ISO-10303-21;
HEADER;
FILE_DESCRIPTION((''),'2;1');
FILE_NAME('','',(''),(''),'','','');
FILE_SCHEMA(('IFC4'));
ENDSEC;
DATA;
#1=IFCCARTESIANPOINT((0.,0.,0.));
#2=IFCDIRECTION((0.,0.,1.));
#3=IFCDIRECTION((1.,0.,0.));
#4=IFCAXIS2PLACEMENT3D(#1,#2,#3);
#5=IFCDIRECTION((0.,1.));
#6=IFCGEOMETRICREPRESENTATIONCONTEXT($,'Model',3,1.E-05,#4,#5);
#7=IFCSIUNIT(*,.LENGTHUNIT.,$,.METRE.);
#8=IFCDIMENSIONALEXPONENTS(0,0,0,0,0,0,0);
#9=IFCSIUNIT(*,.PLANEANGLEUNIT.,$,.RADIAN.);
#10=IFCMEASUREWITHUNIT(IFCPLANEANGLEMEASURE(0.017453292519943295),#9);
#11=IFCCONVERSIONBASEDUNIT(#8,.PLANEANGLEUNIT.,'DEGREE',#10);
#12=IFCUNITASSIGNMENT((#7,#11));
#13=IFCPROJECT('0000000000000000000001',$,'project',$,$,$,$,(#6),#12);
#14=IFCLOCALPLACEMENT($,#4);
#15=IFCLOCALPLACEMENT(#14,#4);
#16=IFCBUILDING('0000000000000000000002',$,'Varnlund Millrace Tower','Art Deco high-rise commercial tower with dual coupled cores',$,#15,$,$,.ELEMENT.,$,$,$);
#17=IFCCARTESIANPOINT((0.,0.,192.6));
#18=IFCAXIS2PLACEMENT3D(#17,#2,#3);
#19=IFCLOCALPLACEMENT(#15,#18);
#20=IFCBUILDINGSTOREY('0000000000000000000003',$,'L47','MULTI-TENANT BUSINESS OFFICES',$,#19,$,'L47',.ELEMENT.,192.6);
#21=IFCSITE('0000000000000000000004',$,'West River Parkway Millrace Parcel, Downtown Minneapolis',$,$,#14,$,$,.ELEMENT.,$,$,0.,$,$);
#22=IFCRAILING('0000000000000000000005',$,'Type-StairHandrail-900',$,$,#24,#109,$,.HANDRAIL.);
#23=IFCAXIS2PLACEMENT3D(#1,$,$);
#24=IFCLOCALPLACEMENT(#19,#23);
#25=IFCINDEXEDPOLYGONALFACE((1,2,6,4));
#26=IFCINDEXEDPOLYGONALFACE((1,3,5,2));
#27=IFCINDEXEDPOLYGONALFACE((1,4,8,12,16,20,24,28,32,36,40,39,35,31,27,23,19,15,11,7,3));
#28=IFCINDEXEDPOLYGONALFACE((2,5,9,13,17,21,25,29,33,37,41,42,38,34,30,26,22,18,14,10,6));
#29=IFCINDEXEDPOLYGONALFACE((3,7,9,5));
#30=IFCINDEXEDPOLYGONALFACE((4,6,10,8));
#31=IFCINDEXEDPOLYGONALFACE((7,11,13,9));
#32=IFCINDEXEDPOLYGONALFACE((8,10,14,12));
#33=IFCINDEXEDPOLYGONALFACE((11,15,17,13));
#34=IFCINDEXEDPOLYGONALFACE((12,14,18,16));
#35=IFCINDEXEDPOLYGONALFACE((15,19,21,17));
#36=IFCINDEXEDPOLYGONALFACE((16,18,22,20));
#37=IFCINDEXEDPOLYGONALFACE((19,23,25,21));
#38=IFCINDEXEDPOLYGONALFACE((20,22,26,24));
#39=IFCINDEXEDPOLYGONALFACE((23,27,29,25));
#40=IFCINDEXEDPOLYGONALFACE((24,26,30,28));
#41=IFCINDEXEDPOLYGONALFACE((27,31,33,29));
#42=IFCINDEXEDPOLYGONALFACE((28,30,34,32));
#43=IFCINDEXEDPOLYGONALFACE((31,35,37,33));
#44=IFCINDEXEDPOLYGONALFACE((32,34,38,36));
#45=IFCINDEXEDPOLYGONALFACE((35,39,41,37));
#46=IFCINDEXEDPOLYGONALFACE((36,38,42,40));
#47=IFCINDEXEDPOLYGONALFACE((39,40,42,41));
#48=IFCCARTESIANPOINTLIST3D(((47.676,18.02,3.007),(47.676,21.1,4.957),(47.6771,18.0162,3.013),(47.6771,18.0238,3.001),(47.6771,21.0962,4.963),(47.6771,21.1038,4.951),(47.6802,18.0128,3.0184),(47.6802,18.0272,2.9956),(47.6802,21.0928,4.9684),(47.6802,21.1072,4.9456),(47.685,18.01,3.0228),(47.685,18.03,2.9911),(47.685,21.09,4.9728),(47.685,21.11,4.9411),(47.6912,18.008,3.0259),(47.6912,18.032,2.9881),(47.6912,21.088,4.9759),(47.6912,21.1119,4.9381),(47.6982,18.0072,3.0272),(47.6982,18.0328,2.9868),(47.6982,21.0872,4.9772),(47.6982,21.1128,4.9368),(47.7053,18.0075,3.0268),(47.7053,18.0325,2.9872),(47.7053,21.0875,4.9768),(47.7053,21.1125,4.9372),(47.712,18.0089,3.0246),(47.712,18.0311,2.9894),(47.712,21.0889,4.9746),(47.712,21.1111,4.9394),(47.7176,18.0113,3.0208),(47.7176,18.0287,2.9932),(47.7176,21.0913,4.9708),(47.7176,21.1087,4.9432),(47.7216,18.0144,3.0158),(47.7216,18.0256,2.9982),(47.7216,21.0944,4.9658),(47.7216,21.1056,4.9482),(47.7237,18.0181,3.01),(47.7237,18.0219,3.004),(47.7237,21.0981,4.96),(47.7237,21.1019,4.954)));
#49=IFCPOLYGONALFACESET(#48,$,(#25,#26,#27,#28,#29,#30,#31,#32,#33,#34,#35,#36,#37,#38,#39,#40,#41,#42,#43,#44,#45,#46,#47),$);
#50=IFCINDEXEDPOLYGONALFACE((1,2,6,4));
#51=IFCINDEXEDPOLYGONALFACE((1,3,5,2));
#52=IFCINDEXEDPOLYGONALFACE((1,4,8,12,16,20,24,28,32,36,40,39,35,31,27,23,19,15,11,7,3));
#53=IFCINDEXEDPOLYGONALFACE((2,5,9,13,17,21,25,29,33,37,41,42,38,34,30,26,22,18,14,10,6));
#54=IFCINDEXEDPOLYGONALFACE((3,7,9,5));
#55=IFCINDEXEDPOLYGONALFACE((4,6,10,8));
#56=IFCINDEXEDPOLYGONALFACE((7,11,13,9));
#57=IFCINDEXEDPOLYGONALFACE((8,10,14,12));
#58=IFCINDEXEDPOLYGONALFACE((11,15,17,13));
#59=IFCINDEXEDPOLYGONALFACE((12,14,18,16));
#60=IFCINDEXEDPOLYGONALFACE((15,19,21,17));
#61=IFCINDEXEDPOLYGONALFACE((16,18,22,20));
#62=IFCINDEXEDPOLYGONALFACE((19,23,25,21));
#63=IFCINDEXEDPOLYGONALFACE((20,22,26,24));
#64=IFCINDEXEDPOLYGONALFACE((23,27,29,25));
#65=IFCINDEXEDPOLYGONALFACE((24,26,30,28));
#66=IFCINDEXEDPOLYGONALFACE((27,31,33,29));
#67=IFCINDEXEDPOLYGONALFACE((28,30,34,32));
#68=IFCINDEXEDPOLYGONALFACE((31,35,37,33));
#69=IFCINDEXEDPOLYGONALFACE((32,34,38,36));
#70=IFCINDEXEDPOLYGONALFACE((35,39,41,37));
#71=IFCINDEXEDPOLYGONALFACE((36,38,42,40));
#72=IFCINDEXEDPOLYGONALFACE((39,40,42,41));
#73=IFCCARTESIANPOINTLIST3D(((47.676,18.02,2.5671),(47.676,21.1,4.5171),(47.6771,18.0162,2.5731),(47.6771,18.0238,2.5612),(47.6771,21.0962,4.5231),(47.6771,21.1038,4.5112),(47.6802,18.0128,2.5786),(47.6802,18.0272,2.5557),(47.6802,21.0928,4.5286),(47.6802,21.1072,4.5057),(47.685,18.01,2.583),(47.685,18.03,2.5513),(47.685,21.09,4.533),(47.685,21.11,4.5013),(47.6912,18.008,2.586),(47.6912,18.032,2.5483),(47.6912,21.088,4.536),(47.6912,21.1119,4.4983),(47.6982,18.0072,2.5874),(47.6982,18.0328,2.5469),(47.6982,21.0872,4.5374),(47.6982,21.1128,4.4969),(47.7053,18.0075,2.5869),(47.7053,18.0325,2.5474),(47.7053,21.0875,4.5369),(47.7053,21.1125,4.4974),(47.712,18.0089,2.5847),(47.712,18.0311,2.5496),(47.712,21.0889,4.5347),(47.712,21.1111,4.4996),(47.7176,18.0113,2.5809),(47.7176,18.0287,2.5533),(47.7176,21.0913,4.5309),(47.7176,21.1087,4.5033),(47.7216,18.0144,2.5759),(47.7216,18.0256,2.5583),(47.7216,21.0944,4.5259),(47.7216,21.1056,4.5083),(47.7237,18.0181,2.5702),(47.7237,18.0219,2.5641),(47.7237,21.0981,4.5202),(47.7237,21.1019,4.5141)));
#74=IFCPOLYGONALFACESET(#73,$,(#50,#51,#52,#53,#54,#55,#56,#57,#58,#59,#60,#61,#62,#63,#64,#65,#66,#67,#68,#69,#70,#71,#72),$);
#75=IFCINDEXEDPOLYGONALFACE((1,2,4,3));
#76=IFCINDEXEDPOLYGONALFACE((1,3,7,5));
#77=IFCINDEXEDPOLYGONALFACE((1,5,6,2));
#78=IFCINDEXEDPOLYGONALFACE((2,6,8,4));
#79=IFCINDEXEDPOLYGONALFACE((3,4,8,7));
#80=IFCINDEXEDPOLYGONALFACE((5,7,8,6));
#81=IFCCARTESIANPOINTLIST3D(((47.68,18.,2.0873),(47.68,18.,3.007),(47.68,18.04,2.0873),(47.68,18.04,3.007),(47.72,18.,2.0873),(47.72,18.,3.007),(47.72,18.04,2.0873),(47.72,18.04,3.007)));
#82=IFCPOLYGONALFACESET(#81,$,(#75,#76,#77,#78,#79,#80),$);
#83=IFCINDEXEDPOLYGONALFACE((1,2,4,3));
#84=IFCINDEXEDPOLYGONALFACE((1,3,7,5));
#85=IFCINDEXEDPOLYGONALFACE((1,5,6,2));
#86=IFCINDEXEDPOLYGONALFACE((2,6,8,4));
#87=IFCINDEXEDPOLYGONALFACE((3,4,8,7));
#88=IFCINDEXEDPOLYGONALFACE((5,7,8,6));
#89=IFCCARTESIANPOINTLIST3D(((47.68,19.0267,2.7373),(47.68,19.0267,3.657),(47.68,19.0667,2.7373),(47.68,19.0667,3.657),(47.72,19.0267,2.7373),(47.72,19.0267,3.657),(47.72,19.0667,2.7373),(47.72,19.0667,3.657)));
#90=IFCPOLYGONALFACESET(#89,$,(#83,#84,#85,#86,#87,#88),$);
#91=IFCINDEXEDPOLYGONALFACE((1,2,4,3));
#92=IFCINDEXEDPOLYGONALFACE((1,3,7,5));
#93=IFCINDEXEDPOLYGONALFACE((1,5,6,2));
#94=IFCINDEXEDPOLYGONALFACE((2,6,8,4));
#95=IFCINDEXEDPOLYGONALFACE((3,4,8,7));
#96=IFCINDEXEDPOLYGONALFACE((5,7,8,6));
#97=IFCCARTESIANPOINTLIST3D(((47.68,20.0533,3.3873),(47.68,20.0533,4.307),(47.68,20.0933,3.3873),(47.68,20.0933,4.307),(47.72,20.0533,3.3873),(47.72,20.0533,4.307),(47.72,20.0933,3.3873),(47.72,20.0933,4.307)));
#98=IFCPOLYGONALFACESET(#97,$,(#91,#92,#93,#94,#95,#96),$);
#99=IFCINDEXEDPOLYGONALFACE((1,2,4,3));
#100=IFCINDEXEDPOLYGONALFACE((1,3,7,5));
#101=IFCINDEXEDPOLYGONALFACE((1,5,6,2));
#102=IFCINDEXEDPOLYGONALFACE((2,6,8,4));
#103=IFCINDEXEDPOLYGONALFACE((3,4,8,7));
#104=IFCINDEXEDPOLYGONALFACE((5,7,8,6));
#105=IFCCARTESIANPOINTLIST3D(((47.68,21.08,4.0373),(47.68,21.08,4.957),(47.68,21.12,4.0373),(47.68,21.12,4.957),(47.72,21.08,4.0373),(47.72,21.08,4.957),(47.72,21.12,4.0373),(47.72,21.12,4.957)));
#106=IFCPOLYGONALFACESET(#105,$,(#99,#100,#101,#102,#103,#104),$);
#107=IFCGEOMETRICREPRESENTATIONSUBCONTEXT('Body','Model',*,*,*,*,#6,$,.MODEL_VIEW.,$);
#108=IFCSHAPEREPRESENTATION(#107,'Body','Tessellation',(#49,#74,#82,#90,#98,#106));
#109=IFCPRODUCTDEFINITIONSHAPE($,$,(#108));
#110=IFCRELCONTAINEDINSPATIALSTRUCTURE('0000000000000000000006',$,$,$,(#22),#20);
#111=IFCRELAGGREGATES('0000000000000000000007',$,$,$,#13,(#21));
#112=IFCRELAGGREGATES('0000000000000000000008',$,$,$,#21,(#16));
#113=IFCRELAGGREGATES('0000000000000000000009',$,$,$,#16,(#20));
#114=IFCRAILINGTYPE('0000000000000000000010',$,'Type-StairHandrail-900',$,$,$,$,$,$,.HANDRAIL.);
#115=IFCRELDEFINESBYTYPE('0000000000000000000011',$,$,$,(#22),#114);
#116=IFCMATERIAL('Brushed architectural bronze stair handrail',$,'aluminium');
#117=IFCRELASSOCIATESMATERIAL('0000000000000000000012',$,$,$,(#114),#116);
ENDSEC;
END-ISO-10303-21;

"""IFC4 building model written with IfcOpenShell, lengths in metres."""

from ifc_helpers import new_model, entity, si_unit, converted_unit, direction, frame, origin_with_axes, origin_2d_with_axis, place, context, subcontext, project, spatial, rectangle, circle, extrude, material, type_object, element, save


model = new_model("IFC4")

# Units and contexts
model_context = context("Model", 3, precision=1e-05, world=origin_with_axes(), true_north=direction((0.0, 1.0)))
body_context = subcontext(model_context, "Body", "Model", "MODEL_VIEW")
ifc_project = project(units=[si_unit("LENGTHUNIT", "METRE"), converted_unit("PLANEANGLEUNIT", "DEGREE", entity("IfcPlaneAngleMeasure", 0.017453292519943295), si_unit("PLANEANGLEUNIT", "RADIAN"), dimensions=[0, 0, 0, 0, 0, 0, 0])], contexts=[model_context])

# Site, building, storey
site_placement = place(None, origin_with_axes())
site = spatial("IfcSite", under=ifc_project, at=site_placement, Name="West River Parkway Millrace Parcel, Downtown Minneapolis", CompositionType="ELEMENT", RefElevation=0.0)
building_placement = place(site_placement, origin_with_axes())
building = spatial("IfcBuilding", under=site, at=building_placement, Name="Varnlund Millrace Tower", Description="Art Deco high-rise commercial tower with dual coupled cores", CompositionType="ELEMENT")
storey_placement = place(building_placement, frame((0.0, 0.0, 192.6), z_axis=(0.0, 0.0, 1.0), x_axis=(1.0, 0.0, 0.0)))
storey = spatial("IfcBuildingStorey", under=building, at=storey_placement, Name="L47", Description="MULTI-TENANT BUSINESS OFFICES", LongName="L47", CompositionType="ELEMENT", Elevation=192.6)

# Railing
ifc_material_1 = material(Name="Brushed architectural bronze stair handrail", Category="aluminium")
railing_type_1 = type_object("IfcRailingType", Name="Type-StairHandrail-900", PredefinedType="HANDRAIL", material=ifc_material_1)
railing_1_placement = place(storey_placement, frame((0.0, 0.0, -192.6), z_axis=(0.0, 0.0, 1.0), x_axis=(1.0, 0.0, 0.0)))
element("IfcRailing", 1, at=railing_1_placement, inside=storey, type_object=railing_type_1, Name="Type-StairHandrail-900", PredefinedType="HANDRAIL", context=body_context, shape_type="SweptSolid", body=[
    extrude(circle(Radius=0.024, at=origin_2d_with_axis()), frame((47.7, 18.02, 195.607), z_axis=(0.0, 0.844902, 0.534922), x_axis=(-1.0, 0.0, 0.0)), (0.0, 0.0, 1.0), 3.6454),
    extrude(circle(Radius=0.024, at=origin_2d_with_axis()), frame((47.7, 18.02, 195.1671), z_axis=(0.0, 0.844902, 0.534922), x_axis=(-1.0, 0.0, 0.0)), (0.0, 0.0, 1.0), 3.6454),
    extrude(rectangle(XDim=0.04, YDim=0.04, at=origin_2d_with_axis()), frame((47.7, 18.02, 194.6873), z_axis=(0.0, 0.0, 1.0), x_axis=(1.0, 0.0, 0.0)), (0.0, 0.0, 1.0), 0.9197),
    extrude(rectangle(XDim=0.04, YDim=0.04, at=origin_2d_with_axis()), frame((47.7, 19.0467, 195.3373), z_axis=(0.0, 0.0, 1.0), x_axis=(1.0, 0.0, 0.0)), (0.0, 0.0, 1.0), 0.9197),
    extrude(rectangle(XDim=0.04, YDim=0.04, at=origin_2d_with_axis()), frame((47.7, 20.0733, 195.9873), z_axis=(0.0, 0.0, 1.0), x_axis=(1.0, 0.0, 0.0)), (0.0, 0.0, 1.0), 0.9197),
    extrude(rectangle(XDim=0.04, YDim=0.04, at=origin_2d_with_axis()), frame((47.7, 21.1, 196.6373), z_axis=(0.0, 0.0, 1.0), x_axis=(1.0, 0.0, 0.0)), (0.0, 0.0, 1.0), 0.9197),
])

save(model, "model.ifc")
